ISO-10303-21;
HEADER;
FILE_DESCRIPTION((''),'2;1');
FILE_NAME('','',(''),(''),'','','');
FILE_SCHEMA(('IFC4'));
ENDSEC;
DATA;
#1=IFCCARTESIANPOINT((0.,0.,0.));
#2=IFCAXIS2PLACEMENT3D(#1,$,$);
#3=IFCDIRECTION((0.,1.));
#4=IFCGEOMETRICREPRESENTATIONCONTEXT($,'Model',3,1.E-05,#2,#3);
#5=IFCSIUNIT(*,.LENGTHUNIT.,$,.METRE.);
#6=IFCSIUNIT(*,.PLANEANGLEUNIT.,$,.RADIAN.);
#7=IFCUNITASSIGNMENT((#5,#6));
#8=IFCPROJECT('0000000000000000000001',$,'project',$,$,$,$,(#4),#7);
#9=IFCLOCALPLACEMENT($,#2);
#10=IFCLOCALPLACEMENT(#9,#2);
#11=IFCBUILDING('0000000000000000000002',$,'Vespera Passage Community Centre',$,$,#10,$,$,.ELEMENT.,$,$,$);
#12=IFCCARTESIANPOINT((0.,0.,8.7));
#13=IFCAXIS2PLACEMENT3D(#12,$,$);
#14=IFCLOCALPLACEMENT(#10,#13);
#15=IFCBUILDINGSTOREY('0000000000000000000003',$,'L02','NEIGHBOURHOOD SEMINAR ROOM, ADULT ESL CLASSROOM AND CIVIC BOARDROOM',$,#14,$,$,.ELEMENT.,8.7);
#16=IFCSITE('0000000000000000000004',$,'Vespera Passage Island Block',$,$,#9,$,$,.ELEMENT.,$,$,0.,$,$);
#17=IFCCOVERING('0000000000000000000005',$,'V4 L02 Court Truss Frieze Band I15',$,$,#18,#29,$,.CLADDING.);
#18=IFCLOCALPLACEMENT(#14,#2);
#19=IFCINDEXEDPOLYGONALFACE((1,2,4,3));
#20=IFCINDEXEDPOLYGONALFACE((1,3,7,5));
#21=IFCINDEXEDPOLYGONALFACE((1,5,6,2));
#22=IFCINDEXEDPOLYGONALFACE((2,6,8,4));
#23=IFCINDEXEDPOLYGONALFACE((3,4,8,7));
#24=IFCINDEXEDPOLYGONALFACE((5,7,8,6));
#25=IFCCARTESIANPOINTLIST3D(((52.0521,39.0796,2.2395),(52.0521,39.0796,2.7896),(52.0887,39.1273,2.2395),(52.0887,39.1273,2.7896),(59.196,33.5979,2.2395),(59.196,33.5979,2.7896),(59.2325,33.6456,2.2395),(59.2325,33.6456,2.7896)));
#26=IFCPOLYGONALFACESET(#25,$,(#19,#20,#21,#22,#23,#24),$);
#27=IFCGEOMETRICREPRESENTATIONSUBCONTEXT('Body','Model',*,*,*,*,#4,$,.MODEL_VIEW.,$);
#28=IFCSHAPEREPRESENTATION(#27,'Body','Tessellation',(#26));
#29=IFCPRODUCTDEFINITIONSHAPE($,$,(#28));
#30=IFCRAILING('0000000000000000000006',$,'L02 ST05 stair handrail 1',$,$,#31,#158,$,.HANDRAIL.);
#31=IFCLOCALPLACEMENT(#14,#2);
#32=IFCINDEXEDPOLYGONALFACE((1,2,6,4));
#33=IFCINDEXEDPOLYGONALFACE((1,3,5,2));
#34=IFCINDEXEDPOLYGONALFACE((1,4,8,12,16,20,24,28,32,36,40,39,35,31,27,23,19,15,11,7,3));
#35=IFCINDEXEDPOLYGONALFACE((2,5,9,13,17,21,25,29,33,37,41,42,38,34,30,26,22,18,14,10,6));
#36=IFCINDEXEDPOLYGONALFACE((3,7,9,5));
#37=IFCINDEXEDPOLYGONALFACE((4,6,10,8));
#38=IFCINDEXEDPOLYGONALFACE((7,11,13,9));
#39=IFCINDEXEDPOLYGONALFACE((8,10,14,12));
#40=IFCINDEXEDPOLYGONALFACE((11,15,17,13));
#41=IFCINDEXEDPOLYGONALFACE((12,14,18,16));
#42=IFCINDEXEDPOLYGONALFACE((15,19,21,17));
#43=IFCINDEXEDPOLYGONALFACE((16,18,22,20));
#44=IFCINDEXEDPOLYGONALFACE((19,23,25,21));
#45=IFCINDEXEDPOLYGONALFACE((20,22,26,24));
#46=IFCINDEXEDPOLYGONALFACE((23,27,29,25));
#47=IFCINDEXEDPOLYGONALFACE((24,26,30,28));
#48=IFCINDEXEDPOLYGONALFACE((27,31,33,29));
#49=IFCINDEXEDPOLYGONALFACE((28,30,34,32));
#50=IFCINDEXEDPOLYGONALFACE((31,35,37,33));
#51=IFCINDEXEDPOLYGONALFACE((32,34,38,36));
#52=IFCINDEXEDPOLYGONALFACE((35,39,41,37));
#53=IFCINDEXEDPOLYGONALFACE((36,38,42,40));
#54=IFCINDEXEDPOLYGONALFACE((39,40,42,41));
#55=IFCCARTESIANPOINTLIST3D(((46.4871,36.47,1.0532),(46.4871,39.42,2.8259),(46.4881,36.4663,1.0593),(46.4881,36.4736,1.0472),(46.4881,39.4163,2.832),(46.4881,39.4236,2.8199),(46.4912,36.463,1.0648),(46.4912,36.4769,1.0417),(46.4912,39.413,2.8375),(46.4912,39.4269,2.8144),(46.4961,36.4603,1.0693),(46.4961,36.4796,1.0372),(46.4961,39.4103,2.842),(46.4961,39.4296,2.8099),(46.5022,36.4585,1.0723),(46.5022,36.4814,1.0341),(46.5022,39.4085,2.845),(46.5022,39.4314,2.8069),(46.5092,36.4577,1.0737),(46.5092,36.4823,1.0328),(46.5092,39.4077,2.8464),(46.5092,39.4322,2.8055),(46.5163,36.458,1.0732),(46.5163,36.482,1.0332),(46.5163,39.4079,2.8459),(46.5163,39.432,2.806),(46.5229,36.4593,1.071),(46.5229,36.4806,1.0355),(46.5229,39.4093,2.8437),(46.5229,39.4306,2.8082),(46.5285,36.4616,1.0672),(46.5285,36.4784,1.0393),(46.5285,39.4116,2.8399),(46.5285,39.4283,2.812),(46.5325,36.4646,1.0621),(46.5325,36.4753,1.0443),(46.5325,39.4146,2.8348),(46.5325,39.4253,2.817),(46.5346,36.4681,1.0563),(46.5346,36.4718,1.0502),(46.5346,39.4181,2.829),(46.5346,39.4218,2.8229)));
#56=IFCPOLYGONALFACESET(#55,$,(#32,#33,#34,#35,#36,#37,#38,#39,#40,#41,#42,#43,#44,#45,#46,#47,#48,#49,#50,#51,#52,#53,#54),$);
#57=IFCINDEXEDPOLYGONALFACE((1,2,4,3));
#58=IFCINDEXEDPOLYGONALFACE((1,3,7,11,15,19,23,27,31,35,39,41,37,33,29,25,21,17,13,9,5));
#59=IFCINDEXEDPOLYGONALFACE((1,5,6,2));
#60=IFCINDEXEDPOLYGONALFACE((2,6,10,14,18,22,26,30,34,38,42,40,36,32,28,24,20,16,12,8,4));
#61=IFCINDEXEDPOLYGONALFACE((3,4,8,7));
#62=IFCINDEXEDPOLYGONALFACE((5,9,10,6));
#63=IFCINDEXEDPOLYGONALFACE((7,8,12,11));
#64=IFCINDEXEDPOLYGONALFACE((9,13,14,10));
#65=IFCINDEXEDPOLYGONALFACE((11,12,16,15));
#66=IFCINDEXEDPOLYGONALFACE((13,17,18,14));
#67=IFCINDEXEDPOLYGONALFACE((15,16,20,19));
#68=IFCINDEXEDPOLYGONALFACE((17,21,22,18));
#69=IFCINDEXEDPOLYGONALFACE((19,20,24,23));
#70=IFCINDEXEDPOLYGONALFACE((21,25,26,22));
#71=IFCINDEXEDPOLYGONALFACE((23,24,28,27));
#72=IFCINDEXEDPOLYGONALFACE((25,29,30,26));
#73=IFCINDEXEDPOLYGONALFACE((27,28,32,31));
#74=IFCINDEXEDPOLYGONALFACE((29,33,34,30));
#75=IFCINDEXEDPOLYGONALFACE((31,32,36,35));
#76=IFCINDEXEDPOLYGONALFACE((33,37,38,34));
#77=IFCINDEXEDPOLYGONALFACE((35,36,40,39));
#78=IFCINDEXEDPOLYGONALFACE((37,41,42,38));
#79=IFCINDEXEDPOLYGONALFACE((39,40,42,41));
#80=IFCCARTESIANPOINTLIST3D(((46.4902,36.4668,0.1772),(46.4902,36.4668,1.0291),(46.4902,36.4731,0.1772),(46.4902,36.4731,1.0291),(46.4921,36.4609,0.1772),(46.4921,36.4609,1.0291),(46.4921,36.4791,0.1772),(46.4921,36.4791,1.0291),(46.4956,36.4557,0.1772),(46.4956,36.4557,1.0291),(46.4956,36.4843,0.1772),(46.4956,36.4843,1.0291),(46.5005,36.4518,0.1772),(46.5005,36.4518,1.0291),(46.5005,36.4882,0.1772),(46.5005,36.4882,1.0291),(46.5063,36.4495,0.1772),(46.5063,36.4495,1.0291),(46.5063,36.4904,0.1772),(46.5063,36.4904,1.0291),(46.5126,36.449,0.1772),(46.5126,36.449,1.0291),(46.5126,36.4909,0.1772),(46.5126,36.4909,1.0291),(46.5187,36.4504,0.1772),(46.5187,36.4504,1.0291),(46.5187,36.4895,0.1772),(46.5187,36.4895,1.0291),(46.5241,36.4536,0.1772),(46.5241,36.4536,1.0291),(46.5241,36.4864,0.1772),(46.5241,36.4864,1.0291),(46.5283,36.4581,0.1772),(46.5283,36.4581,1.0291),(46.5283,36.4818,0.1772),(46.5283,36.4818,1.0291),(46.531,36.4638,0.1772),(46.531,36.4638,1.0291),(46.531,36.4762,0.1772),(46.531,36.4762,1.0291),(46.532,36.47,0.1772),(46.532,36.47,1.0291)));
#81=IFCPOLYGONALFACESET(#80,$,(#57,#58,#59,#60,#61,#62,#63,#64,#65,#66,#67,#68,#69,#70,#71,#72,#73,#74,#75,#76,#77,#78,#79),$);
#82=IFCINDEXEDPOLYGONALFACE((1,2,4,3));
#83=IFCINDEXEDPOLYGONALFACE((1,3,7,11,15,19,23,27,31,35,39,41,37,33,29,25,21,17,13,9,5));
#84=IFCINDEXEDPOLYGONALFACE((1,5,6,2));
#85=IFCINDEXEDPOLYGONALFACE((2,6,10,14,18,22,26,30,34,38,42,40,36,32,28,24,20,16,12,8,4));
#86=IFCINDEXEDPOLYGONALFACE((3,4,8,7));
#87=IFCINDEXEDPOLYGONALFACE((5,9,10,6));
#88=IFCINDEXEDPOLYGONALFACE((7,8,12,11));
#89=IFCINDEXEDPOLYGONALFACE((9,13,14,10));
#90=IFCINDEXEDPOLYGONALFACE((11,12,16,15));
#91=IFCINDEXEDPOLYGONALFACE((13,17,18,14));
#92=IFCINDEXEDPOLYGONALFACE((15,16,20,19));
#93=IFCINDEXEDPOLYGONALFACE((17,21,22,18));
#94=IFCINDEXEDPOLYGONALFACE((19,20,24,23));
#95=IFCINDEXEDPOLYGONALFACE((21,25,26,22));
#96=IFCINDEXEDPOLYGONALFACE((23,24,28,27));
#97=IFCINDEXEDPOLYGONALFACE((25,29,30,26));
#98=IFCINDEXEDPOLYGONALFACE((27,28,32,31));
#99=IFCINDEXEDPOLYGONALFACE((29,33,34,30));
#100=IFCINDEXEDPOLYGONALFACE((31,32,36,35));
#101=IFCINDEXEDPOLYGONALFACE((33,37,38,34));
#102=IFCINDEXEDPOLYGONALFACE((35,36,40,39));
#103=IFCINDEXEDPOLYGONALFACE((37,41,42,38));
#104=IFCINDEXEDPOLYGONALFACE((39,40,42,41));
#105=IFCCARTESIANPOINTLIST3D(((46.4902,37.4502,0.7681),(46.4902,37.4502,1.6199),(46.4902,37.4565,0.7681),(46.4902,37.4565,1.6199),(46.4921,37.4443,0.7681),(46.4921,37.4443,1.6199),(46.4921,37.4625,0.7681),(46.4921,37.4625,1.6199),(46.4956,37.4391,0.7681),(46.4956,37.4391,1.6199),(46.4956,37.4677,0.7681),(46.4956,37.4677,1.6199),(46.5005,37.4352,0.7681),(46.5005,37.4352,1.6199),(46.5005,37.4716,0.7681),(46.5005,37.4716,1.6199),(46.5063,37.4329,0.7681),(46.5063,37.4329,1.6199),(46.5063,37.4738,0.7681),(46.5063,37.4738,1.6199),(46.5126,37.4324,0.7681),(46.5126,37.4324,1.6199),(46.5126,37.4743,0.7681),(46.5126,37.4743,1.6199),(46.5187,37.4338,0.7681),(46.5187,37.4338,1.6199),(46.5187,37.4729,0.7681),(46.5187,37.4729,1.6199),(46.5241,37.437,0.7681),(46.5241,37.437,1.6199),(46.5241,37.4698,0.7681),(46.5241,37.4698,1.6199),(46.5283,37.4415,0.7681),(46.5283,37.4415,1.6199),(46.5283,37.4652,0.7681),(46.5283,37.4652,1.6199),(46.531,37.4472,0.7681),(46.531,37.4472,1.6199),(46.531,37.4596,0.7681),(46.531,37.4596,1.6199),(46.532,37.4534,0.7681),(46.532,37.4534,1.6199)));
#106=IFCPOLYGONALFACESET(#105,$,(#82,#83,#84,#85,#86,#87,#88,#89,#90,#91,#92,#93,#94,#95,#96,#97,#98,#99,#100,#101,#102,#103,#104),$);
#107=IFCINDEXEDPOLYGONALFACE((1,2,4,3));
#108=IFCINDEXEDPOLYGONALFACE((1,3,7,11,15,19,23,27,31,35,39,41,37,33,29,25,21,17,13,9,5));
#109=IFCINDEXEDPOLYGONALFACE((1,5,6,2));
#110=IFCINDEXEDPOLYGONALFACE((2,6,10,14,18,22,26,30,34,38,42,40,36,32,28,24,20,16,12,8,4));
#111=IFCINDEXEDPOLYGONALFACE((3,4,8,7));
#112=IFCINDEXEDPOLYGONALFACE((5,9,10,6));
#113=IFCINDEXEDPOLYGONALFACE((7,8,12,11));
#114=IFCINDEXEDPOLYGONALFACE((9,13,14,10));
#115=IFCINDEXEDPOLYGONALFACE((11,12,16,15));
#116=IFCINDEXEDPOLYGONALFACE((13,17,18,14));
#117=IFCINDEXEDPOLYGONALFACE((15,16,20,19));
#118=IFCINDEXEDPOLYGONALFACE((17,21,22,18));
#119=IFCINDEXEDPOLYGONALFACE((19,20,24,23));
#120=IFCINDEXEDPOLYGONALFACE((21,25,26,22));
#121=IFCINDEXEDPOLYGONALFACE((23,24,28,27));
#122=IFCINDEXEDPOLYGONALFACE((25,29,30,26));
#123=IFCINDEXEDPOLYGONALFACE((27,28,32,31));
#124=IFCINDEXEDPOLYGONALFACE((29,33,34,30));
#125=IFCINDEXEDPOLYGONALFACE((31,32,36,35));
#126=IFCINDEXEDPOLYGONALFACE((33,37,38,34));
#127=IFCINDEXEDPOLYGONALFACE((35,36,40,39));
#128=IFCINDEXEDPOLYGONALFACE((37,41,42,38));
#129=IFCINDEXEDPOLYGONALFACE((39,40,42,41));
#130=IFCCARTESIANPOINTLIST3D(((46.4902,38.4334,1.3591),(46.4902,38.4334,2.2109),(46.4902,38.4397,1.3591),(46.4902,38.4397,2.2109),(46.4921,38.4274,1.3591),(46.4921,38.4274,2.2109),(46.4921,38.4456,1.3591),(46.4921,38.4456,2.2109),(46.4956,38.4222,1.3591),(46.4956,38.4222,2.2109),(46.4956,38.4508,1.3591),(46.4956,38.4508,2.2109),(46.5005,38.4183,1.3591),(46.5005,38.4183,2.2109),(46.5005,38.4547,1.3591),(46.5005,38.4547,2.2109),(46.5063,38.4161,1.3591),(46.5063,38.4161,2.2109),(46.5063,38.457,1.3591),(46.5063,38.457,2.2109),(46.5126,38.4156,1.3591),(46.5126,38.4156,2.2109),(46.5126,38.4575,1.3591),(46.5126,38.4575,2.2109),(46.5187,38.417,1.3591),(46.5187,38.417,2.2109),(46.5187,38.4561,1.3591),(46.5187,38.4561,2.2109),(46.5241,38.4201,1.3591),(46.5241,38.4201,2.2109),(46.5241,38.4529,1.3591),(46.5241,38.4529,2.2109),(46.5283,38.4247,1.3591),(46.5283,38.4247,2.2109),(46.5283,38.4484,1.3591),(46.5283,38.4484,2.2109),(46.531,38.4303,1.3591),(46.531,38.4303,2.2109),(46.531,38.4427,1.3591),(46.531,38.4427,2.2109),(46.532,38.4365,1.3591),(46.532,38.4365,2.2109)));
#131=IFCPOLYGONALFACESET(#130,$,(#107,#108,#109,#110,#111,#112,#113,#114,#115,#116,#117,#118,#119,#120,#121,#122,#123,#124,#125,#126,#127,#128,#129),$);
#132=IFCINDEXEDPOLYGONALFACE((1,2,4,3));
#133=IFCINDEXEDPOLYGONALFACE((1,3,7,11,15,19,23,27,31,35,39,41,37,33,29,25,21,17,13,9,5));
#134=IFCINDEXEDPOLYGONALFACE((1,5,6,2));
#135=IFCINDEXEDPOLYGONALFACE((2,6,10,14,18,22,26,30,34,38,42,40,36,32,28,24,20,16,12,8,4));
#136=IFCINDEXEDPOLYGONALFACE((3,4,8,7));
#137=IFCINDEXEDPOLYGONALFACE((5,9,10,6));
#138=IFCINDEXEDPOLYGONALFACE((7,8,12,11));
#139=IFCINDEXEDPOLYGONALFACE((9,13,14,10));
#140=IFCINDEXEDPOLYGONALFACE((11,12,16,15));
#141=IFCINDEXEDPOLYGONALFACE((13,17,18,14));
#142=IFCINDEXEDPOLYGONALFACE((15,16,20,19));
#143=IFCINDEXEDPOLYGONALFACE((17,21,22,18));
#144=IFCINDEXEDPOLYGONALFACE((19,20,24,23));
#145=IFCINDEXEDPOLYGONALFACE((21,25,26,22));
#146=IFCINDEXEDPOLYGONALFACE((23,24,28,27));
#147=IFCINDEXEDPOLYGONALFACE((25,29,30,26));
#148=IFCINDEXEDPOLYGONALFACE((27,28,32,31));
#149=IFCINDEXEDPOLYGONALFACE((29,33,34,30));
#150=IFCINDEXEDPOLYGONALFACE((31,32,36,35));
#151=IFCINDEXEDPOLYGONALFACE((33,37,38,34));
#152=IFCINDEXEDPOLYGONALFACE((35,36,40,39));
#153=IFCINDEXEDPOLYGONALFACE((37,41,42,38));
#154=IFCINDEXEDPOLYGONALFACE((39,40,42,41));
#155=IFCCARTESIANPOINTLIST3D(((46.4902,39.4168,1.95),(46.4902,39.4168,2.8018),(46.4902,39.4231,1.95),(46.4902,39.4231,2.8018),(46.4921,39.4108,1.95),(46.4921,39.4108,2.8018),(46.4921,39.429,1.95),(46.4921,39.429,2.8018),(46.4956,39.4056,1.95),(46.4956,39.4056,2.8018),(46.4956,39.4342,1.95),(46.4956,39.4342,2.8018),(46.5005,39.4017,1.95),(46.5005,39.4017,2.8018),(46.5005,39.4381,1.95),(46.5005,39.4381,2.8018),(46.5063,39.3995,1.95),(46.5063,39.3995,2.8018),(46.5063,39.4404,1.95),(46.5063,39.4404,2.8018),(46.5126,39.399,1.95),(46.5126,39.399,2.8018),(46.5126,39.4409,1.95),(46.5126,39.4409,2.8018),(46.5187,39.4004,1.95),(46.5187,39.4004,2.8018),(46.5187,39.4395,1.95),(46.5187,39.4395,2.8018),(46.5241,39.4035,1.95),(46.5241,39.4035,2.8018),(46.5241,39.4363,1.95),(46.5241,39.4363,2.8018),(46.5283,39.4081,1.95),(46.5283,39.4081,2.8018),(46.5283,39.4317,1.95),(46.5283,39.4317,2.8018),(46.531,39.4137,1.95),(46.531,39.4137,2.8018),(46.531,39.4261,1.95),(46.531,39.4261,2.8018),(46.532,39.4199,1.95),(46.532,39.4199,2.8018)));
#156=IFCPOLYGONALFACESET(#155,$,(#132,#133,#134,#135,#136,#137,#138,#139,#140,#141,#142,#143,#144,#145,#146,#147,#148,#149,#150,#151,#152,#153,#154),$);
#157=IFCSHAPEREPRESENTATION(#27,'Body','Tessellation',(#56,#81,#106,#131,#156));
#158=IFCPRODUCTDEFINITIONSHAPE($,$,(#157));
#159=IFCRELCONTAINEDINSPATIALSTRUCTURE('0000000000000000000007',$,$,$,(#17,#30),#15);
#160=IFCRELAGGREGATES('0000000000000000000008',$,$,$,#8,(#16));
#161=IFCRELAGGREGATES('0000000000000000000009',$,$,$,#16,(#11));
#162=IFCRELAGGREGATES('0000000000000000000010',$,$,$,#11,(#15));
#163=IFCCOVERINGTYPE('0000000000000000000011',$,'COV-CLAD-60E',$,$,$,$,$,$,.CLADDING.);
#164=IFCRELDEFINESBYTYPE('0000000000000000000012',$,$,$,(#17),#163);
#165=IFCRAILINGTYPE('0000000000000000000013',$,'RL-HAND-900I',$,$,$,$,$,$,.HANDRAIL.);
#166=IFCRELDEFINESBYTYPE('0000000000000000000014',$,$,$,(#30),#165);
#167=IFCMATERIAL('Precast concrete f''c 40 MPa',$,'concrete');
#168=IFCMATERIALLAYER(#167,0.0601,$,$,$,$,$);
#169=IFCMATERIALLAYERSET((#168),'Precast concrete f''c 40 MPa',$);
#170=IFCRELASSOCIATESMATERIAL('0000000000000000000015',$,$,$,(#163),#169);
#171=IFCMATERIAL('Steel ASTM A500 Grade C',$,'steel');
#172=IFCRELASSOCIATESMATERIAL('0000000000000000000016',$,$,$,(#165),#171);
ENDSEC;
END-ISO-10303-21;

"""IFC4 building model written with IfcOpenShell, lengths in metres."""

from ifc_helpers import new_model, si_unit, direction, frame, frame_2d, origin, origin_2d, place, context, subcontext, project, spatial, rectangle, circle, extrude, material, layer, layer_set, type_object, element, save


model = new_model("IFC4")

# Units and contexts
model_context = context("Model", 3, precision=1e-05, world=origin(), true_north=direction((0.0, 1.0)))
body_context = subcontext(model_context, "Body", "Model", "MODEL_VIEW")
ifc_project = project(units=[si_unit("LENGTHUNIT", "METRE"), si_unit("PLANEANGLEUNIT", "RADIAN")], contexts=[model_context])

# Site, building, storey
site_placement = place(None, origin())
site = spatial("IfcSite", under=ifc_project, at=site_placement, Name="Vespera Passage Island Block", CompositionType="ELEMENT", RefElevation=0.0)
building_placement = place(site_placement, origin())
building = spatial("IfcBuilding", under=site, at=building_placement, Name="Vespera Passage Community Centre", CompositionType="ELEMENT")
storey_placement = place(building_placement, frame((0.0, 0.0, 8.7)))
storey = spatial("IfcBuildingStorey", under=building, at=storey_placement, Name="L02", Description="NEIGHBOURHOOD SEMINAR ROOM, ADULT ESL CLASSROOM AND CIVIC BOARDROOM", CompositionType="ELEMENT", Elevation=8.7)

# Covering
ifc_material_1 = material(Name="Precast concrete f'c 40 MPa", Category="concrete")
ifc_layer_1 = layer(ifc_material_1, 0.0601)
ifc_layer_set_1 = layer_set([ifc_layer_1], Name="Precast concrete f'c 40 MPa")
covering_type = type_object("IfcCoveringType", Name="COV-CLAD-60E", PredefinedType="CLADDING", material=ifc_layer_set_1)
covering_1_placement = place(storey_placement, frame((52.0703, 39.1035, 2.2395), z_axis=(0.0, 0.0, 1.0), x_axis=(0.79335, -0.608766, 0.0)))
element("IfcCovering", 1, at=covering_1_placement, inside=storey, type_object=covering_type, Name="V4 L02 Court Truss Frieze Band I15", PredefinedType="CLADDING", context=body_context, shape_type="SweptSolid", body=[
    extrude(rectangle(XDim=9.0046, YDim=0.0601, at=frame_2d((4.5024, 0.0))), origin(), (0.0, 0.0, 1.0), 0.55),
])

# Railing
ifc_material_2 = material(Name="Steel ASTM A500 Grade C", Category="steel")
railing_type_1 = type_object("IfcRailingType", Name="RL-HAND-900I", PredefinedType="HANDRAIL", material=ifc_material_2)
railing_1_placement = place(storey_placement, frame((46.511, 36.47, 0.1772)))
element("IfcRailing", 2, at=railing_1_placement, inside=storey, type_object=railing_type_1, Name="L02 ST05 stair handrail 1", PredefinedType="HANDRAIL", context=body_context, shape_type="SweptSolid", body=[
    extrude(circle(Radius=0.0239, at=origin_2d()), frame((0.0, 0.0, 0.876), z_axis=(0.0, 0.857142, 0.51508), x_axis=(-1.0, 0.0, 0.0)), (0.0, 0.0, 1.0), 3.4417),
    extrude(circle(Radius=0.021, at=origin_2d()), origin(), (0.0, 0.0, 1.0), 0.8518),
    extrude(circle(Radius=0.021, at=origin_2d()), frame((0.0, 0.9834, 0.5908)), (0.0, 0.0, 1.0), 0.8518),
    extrude(circle(Radius=0.021, at=origin_2d()), frame((0.0, 1.9666, 1.1819)), (0.0, 0.0, 1.0), 0.8518),
    extrude(circle(Radius=0.021, at=origin_2d()), frame((0.0, 2.95, 1.7727)), (0.0, 0.0, 1.0), 0.8518),
])

save(model, "model.ifc")
